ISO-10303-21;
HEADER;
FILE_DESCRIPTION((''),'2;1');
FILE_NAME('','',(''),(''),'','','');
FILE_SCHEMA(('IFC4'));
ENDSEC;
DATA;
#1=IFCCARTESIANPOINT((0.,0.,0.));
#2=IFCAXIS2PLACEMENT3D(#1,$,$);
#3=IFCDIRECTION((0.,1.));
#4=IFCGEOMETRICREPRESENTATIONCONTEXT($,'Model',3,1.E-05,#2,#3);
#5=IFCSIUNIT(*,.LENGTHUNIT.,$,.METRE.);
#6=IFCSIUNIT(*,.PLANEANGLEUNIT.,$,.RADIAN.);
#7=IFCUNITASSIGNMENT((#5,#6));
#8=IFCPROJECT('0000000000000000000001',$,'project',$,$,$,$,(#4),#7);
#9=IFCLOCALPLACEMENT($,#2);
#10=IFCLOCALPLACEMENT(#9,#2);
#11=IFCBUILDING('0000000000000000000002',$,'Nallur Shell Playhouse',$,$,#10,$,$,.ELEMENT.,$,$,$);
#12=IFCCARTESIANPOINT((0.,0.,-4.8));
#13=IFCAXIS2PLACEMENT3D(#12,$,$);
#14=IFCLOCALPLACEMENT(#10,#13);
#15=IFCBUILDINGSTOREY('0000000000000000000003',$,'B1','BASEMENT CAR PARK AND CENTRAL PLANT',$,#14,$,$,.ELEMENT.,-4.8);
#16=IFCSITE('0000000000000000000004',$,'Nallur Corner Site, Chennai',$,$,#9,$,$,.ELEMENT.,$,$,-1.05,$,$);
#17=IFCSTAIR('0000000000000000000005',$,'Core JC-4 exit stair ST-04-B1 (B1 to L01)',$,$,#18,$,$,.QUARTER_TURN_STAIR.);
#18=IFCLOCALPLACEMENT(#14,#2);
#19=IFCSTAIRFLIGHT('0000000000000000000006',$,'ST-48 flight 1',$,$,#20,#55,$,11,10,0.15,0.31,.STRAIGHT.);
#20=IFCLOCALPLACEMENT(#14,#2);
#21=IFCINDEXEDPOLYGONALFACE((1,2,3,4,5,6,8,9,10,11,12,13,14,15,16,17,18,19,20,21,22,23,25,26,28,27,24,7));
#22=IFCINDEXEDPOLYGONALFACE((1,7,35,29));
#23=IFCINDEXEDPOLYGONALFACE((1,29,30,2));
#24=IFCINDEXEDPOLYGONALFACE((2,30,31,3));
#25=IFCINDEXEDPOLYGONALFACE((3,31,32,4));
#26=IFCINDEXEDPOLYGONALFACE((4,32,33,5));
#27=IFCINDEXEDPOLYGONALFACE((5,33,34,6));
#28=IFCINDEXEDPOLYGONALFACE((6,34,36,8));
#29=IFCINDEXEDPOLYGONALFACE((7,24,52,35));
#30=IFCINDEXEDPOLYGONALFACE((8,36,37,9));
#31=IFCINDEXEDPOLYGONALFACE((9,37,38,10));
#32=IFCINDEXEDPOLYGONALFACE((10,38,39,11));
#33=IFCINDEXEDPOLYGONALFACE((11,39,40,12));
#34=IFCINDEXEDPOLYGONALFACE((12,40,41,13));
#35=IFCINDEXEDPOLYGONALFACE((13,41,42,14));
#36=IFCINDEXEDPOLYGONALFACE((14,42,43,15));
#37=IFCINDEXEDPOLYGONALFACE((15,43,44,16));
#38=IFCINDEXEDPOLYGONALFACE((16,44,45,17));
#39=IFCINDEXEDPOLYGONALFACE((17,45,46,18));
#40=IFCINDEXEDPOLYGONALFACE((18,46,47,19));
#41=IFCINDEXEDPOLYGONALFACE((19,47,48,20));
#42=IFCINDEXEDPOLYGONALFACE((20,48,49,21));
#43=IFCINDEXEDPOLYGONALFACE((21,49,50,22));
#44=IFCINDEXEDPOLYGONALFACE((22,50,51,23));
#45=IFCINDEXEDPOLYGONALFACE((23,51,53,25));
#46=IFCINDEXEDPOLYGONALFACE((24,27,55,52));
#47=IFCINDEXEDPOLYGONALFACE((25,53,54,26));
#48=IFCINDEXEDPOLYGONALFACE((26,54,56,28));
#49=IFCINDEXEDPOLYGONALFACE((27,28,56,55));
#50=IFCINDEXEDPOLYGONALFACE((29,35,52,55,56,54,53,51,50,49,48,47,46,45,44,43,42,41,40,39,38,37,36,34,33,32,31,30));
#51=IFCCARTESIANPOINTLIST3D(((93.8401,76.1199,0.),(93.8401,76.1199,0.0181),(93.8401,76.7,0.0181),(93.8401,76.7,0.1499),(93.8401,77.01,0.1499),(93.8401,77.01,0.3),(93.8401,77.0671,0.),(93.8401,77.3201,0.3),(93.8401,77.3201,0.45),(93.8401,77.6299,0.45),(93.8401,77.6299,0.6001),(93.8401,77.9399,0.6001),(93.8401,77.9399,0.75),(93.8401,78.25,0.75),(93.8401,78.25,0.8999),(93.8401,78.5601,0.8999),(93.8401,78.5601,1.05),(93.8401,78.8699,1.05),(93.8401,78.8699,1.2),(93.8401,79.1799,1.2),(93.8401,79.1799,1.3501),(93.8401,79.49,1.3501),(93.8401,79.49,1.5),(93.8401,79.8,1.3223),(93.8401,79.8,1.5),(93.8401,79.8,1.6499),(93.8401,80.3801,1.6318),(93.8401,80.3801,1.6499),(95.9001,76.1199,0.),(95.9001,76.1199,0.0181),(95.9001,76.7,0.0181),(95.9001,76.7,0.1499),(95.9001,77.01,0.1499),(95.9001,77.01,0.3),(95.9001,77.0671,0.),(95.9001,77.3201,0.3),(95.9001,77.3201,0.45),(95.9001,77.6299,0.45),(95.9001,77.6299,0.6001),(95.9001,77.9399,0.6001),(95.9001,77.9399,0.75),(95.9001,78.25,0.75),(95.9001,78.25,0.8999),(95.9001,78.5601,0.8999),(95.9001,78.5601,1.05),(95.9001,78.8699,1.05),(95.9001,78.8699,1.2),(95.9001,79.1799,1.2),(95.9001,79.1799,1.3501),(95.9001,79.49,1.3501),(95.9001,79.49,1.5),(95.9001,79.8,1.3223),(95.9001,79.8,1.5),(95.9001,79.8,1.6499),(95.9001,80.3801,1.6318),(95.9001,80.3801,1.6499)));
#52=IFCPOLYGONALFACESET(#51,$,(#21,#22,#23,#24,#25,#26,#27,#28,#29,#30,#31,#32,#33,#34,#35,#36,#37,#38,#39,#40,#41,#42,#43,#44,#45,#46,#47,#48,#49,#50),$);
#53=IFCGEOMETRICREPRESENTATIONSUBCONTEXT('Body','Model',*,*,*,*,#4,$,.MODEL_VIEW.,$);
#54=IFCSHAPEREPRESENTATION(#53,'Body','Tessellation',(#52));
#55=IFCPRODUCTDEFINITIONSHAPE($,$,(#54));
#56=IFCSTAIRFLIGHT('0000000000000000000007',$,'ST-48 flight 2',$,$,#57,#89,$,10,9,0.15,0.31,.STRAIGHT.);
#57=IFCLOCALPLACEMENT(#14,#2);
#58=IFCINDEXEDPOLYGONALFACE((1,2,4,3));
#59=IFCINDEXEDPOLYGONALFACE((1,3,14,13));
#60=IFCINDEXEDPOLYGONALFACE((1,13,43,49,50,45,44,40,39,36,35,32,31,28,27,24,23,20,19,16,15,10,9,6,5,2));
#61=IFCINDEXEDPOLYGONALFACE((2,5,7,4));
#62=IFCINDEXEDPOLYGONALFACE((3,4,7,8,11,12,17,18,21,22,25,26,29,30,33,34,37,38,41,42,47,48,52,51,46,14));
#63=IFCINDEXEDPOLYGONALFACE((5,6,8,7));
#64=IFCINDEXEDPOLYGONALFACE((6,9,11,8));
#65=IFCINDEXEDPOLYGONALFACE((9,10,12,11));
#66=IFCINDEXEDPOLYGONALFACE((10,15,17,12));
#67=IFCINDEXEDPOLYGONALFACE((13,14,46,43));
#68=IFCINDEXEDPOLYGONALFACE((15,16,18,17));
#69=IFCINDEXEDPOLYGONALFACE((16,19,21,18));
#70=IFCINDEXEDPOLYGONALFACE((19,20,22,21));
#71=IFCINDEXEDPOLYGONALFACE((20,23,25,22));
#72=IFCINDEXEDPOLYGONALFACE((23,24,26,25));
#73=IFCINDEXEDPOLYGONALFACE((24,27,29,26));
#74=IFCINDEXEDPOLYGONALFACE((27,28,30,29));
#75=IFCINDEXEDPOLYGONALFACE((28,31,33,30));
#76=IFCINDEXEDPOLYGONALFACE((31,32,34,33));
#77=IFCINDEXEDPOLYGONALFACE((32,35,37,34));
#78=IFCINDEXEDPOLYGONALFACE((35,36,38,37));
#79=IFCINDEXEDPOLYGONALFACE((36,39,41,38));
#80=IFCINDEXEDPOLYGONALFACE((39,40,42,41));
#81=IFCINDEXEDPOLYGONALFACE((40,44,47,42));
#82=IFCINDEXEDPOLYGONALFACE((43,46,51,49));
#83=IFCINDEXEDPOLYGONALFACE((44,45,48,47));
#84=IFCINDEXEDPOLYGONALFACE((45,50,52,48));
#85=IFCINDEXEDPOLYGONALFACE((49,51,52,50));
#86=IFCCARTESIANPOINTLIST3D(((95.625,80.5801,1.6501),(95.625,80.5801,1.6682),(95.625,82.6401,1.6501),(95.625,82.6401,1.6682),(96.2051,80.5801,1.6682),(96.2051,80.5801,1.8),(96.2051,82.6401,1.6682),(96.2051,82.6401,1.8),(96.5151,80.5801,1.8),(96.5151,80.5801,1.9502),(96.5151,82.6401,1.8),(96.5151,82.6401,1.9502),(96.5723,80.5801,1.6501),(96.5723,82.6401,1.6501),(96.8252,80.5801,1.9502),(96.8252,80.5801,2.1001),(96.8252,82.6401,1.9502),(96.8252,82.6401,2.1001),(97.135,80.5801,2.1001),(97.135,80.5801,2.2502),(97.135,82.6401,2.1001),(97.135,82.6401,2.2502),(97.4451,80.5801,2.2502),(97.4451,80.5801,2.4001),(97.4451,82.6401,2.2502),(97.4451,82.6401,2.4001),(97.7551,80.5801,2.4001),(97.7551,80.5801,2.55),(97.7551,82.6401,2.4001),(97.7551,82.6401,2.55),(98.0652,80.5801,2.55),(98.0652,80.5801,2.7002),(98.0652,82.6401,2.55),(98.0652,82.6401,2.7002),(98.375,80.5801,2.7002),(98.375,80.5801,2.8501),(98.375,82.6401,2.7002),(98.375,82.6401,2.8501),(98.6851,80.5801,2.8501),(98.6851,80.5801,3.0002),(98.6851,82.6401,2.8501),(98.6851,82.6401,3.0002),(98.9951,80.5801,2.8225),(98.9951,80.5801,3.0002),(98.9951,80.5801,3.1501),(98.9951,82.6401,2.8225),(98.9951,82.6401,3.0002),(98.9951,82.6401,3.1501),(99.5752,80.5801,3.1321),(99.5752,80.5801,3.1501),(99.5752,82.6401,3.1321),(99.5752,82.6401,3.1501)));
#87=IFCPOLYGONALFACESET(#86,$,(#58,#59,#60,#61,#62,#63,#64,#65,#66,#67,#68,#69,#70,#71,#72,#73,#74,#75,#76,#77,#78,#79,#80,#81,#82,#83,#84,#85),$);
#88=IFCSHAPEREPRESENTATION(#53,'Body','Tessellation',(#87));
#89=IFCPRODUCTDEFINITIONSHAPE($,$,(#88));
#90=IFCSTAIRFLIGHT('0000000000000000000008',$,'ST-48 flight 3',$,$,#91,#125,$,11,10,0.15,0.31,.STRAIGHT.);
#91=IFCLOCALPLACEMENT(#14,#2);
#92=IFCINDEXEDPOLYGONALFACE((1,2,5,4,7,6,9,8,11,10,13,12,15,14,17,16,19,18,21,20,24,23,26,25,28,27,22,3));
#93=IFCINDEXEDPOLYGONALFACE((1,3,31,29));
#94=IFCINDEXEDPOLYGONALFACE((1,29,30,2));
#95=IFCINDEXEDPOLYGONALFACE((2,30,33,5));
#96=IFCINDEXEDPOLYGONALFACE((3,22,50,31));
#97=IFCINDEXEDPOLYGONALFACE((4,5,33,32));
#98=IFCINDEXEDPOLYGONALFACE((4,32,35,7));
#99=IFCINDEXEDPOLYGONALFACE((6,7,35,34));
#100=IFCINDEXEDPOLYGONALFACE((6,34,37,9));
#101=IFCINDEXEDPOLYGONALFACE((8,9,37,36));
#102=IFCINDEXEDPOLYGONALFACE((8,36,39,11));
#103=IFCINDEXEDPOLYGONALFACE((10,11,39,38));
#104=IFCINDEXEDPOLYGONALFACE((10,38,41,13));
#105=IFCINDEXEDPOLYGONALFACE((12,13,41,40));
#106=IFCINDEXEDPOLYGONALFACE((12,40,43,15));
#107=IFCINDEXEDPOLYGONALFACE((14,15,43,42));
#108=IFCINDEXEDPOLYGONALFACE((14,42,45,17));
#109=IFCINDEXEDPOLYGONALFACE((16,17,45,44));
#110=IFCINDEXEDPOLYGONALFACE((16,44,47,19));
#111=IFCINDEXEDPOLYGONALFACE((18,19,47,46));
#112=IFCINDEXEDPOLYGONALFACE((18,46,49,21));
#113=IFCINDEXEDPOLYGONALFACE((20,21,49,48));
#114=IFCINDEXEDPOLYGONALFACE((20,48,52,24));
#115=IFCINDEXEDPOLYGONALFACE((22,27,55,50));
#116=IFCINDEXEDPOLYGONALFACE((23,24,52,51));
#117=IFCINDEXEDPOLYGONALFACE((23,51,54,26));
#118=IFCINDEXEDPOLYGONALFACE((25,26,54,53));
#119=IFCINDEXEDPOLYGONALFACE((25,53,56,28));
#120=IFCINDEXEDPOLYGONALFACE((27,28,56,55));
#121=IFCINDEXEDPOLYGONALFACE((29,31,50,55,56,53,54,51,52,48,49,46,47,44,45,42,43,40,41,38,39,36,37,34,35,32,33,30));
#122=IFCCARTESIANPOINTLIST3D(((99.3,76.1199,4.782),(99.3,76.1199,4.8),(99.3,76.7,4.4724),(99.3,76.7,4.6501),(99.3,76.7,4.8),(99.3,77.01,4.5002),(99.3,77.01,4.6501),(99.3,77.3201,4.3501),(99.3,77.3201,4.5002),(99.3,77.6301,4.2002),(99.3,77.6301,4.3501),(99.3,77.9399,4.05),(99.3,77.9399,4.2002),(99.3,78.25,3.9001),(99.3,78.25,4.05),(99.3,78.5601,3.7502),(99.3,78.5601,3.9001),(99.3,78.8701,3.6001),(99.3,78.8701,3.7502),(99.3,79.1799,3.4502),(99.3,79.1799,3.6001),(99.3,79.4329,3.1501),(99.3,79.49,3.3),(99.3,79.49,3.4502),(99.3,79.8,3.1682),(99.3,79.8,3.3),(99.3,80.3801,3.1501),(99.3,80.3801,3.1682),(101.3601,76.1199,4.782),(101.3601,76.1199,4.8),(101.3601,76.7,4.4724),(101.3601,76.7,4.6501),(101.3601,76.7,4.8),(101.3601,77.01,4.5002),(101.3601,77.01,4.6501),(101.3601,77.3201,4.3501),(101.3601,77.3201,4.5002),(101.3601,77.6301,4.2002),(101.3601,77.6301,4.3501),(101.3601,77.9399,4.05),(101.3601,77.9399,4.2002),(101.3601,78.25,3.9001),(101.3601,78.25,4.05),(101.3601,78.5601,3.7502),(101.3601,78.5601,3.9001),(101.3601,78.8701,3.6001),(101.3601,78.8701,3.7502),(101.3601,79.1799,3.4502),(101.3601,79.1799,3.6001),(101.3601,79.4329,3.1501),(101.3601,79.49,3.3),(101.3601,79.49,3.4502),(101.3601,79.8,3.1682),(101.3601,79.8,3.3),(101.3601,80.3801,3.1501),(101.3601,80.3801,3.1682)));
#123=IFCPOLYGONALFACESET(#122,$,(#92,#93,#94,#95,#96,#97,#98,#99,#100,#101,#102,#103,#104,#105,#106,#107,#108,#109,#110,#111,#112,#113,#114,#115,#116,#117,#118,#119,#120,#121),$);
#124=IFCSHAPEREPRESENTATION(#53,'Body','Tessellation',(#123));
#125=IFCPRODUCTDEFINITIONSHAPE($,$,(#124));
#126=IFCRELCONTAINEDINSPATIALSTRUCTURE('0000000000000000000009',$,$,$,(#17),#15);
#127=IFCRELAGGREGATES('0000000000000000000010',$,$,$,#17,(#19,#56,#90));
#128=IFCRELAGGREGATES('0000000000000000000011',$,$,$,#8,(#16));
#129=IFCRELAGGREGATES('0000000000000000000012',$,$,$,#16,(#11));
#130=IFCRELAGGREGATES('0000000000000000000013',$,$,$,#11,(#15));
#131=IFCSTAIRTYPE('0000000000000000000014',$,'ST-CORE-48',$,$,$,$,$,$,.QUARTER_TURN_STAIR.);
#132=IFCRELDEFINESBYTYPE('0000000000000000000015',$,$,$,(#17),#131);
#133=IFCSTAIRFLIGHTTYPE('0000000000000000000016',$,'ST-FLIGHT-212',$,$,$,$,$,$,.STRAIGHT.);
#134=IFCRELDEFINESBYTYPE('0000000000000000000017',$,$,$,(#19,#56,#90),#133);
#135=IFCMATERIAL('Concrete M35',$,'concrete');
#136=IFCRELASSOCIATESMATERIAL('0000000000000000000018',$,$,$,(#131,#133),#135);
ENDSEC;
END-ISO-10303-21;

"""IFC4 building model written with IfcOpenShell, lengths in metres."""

from ifc_helpers import new_model, si_unit, direction, frame, origin, place, context, subcontext, project, spatial, polyline, outline, extrude, material, type_object, element, aggregate, save


model = new_model("IFC4")

# Units and contexts
model_context = context("Model", 3, precision=1e-05, world=origin(), true_north=direction((0.0, 1.0)))
body_context = subcontext(model_context, "Body", "Model", "MODEL_VIEW")
ifc_project = project(units=[si_unit("LENGTHUNIT", "METRE"), si_unit("PLANEANGLEUNIT", "RADIAN")], contexts=[model_context])

# Site, building, storey
site_placement = place(None, origin())
site = spatial("IfcSite", under=ifc_project, at=site_placement, Name="Nallur Corner Site, Chennai", CompositionType="ELEMENT", RefElevation=-1.05)
building_placement = place(site_placement, origin())
building = spatial("IfcBuilding", under=site, at=building_placement, Name="Nallur Shell Playhouse", CompositionType="ELEMENT")
storey_placement = place(building_placement, frame((0.0, 0.0, -4.8)))
storey = spatial("IfcBuildingStorey", under=building, at=storey_placement, Name="B1", Description="BASEMENT CAR PARK AND CENTRAL PLANT", CompositionType="ELEMENT", Elevation=-4.8)

# Shared definitions
ifc_material_1 = material(Name="Concrete M35", Category="concrete")

# Stair, stair flights
stair_type = type_object("IfcStairType", Name="ST-CORE-48", PredefinedType="QUARTER_TURN_STAIR", material=ifc_material_1)
stair_placement = place(storey_placement, origin())
stair = element("IfcStair", 1, at=stair_placement, inside=storey, type_object=stair_type, Name="Core JC-4 exit stair ST-04-B1 (B1 to L01)", PredefinedType="QUARTER_TURN_STAIR")
stair_flight_type = type_object("IfcStairFlightType", Name="ST-FLIGHT-212", PredefinedType="STRAIGHT", material=ifc_material_1)
stair_flight_1_placement = place(storey_placement, frame((94.8701, 76.7, 0.0), z_axis=(0.0, 0.0, 1.0), x_axis=(0.0, 1.0, 0.0)))
stair_flight_1 = element("IfcStairFlight", 2, at=stair_flight_1_placement, type_object=stair_flight_type, Name="ST-48 flight 1", NumberOfRisers=11, NumberOfTreads=10, PredefinedType="STRAIGHT", RiserHeight=0.15, TreadLength=0.31, context=body_context, shape_type="SweptSolid", body=[
    extrude(outline(polyline([(-0.5801, 0.0), (-0.5801, 0.0181), (0.0, 0.0181), (0.0, 0.1499), (0.3101, 0.1499), (0.3101, 0.3), (0.6201, 0.3), (0.6201, 0.45), (0.9299, 0.45), (0.9299, 0.6001), (1.24, 0.6001), (1.24, 0.75), (1.55, 0.75), (1.55, 0.8999), (1.8601, 0.8999), (1.8601, 1.05), (2.1699, 1.05), (2.1699, 1.2), (2.48, 1.2), (2.48, 1.3501), (2.79, 1.3501), (2.79, 1.5), (3.1001, 1.5), (3.1001, 1.6499), (3.6802, 1.6499), (3.6802, 1.6318), (3.1001, 1.3223), (0.3672, 0.0), (-0.5801, 0.0)])), frame((0.0, 1.03, 0.0), z_axis=(0.0, -1.0, 0.0), x_axis=(1.0, 0.0, 0.0)), (0.0, 0.0, 1.0), 2.0601),
])
stair_flight_2_placement = place(storey_placement, frame((96.2051, 81.6101, 1.6501), z_axis=(0.0, 0.0, 1.0), x_axis=(1.0, 0.0, 0.0)))
stair_flight_2 = element("IfcStairFlight", 3, at=stair_flight_2_placement, type_object=stair_flight_type, Name="ST-48 flight 2", NumberOfRisers=10, NumberOfTreads=9, PredefinedType="STRAIGHT", RiserHeight=0.15, TreadLength=0.31, context=body_context, shape_type="SweptSolid", body=[
    extrude(outline(polyline([(-0.5801, 0.0), (-0.5801, 0.0181), (0.0, 0.0181), (0.0, 0.1499), (0.3101, 0.1499), (0.3101, 0.3), (0.6201, 0.3), (0.6201, 0.45), (0.9299, 0.45), (0.9299, 0.6001), (1.24, 0.6001), (1.24, 0.75), (1.55, 0.75), (1.55, 0.8999), (1.8601, 0.8999), (1.8601, 1.05), (2.1699, 1.05), (2.1699, 1.2), (2.48, 1.2), (2.48, 1.3501), (2.79, 1.3501), (2.79, 1.5), (3.3701, 1.5), (3.3701, 1.4819), (2.79, 1.1724), (0.3672, 0.0), (-0.5801, 0.0)])), frame((0.0, 1.03, 0.0), z_axis=(0.0, -1.0, 0.0), x_axis=(1.0, 0.0, 0.0)), (0.0, 0.0, 1.0), 2.0601),
])
stair_flight_3_placement = place(storey_placement, frame((100.3301, 79.8, 3.1501), z_axis=(0.0, 0.0, 1.0), x_axis=(0.0, -1.0, 0.0)))
stair_flight_3 = element("IfcStairFlight", 4, at=stair_flight_3_placement, type_object=stair_flight_type, Name="ST-48 flight 3", NumberOfRisers=11, NumberOfTreads=10, PredefinedType="STRAIGHT", RiserHeight=0.15, TreadLength=0.31, context=body_context, shape_type="SweptSolid", body=[
    extrude(outline(polyline([(-0.5801, 0.0), (-0.5801, 0.0181), (0.0, 0.0181), (0.0, 0.1499), (0.3101, 0.1499), (0.3101, 0.3), (0.6201, 0.3), (0.6201, 0.45), (0.9299, 0.45), (0.9299, 0.6001), (1.24, 0.6001), (1.24, 0.75), (1.55, 0.75), (1.55, 0.8999), (1.8601, 0.8999), (1.8601, 1.05), (2.1699, 1.05), (2.1699, 1.2), (2.48, 1.2), (2.48, 1.3501), (2.79, 1.3501), (2.79, 1.5), (3.1001, 1.5), (3.1001, 1.6499), (3.6802, 1.6499), (3.6802, 1.6318), (3.1001, 1.3223), (0.3672, 0.0), (-0.5801, 0.0)])), frame((0.0, 1.03, 0.0), z_axis=(0.0, -1.0, 0.0), x_axis=(1.0, 0.0, 0.0)), (0.0, 0.0, 1.0), 2.0601),
])
aggregate(stair, [stair_flight_1, stair_flight_2, stair_flight_3])

save(model, "model.ifc")
